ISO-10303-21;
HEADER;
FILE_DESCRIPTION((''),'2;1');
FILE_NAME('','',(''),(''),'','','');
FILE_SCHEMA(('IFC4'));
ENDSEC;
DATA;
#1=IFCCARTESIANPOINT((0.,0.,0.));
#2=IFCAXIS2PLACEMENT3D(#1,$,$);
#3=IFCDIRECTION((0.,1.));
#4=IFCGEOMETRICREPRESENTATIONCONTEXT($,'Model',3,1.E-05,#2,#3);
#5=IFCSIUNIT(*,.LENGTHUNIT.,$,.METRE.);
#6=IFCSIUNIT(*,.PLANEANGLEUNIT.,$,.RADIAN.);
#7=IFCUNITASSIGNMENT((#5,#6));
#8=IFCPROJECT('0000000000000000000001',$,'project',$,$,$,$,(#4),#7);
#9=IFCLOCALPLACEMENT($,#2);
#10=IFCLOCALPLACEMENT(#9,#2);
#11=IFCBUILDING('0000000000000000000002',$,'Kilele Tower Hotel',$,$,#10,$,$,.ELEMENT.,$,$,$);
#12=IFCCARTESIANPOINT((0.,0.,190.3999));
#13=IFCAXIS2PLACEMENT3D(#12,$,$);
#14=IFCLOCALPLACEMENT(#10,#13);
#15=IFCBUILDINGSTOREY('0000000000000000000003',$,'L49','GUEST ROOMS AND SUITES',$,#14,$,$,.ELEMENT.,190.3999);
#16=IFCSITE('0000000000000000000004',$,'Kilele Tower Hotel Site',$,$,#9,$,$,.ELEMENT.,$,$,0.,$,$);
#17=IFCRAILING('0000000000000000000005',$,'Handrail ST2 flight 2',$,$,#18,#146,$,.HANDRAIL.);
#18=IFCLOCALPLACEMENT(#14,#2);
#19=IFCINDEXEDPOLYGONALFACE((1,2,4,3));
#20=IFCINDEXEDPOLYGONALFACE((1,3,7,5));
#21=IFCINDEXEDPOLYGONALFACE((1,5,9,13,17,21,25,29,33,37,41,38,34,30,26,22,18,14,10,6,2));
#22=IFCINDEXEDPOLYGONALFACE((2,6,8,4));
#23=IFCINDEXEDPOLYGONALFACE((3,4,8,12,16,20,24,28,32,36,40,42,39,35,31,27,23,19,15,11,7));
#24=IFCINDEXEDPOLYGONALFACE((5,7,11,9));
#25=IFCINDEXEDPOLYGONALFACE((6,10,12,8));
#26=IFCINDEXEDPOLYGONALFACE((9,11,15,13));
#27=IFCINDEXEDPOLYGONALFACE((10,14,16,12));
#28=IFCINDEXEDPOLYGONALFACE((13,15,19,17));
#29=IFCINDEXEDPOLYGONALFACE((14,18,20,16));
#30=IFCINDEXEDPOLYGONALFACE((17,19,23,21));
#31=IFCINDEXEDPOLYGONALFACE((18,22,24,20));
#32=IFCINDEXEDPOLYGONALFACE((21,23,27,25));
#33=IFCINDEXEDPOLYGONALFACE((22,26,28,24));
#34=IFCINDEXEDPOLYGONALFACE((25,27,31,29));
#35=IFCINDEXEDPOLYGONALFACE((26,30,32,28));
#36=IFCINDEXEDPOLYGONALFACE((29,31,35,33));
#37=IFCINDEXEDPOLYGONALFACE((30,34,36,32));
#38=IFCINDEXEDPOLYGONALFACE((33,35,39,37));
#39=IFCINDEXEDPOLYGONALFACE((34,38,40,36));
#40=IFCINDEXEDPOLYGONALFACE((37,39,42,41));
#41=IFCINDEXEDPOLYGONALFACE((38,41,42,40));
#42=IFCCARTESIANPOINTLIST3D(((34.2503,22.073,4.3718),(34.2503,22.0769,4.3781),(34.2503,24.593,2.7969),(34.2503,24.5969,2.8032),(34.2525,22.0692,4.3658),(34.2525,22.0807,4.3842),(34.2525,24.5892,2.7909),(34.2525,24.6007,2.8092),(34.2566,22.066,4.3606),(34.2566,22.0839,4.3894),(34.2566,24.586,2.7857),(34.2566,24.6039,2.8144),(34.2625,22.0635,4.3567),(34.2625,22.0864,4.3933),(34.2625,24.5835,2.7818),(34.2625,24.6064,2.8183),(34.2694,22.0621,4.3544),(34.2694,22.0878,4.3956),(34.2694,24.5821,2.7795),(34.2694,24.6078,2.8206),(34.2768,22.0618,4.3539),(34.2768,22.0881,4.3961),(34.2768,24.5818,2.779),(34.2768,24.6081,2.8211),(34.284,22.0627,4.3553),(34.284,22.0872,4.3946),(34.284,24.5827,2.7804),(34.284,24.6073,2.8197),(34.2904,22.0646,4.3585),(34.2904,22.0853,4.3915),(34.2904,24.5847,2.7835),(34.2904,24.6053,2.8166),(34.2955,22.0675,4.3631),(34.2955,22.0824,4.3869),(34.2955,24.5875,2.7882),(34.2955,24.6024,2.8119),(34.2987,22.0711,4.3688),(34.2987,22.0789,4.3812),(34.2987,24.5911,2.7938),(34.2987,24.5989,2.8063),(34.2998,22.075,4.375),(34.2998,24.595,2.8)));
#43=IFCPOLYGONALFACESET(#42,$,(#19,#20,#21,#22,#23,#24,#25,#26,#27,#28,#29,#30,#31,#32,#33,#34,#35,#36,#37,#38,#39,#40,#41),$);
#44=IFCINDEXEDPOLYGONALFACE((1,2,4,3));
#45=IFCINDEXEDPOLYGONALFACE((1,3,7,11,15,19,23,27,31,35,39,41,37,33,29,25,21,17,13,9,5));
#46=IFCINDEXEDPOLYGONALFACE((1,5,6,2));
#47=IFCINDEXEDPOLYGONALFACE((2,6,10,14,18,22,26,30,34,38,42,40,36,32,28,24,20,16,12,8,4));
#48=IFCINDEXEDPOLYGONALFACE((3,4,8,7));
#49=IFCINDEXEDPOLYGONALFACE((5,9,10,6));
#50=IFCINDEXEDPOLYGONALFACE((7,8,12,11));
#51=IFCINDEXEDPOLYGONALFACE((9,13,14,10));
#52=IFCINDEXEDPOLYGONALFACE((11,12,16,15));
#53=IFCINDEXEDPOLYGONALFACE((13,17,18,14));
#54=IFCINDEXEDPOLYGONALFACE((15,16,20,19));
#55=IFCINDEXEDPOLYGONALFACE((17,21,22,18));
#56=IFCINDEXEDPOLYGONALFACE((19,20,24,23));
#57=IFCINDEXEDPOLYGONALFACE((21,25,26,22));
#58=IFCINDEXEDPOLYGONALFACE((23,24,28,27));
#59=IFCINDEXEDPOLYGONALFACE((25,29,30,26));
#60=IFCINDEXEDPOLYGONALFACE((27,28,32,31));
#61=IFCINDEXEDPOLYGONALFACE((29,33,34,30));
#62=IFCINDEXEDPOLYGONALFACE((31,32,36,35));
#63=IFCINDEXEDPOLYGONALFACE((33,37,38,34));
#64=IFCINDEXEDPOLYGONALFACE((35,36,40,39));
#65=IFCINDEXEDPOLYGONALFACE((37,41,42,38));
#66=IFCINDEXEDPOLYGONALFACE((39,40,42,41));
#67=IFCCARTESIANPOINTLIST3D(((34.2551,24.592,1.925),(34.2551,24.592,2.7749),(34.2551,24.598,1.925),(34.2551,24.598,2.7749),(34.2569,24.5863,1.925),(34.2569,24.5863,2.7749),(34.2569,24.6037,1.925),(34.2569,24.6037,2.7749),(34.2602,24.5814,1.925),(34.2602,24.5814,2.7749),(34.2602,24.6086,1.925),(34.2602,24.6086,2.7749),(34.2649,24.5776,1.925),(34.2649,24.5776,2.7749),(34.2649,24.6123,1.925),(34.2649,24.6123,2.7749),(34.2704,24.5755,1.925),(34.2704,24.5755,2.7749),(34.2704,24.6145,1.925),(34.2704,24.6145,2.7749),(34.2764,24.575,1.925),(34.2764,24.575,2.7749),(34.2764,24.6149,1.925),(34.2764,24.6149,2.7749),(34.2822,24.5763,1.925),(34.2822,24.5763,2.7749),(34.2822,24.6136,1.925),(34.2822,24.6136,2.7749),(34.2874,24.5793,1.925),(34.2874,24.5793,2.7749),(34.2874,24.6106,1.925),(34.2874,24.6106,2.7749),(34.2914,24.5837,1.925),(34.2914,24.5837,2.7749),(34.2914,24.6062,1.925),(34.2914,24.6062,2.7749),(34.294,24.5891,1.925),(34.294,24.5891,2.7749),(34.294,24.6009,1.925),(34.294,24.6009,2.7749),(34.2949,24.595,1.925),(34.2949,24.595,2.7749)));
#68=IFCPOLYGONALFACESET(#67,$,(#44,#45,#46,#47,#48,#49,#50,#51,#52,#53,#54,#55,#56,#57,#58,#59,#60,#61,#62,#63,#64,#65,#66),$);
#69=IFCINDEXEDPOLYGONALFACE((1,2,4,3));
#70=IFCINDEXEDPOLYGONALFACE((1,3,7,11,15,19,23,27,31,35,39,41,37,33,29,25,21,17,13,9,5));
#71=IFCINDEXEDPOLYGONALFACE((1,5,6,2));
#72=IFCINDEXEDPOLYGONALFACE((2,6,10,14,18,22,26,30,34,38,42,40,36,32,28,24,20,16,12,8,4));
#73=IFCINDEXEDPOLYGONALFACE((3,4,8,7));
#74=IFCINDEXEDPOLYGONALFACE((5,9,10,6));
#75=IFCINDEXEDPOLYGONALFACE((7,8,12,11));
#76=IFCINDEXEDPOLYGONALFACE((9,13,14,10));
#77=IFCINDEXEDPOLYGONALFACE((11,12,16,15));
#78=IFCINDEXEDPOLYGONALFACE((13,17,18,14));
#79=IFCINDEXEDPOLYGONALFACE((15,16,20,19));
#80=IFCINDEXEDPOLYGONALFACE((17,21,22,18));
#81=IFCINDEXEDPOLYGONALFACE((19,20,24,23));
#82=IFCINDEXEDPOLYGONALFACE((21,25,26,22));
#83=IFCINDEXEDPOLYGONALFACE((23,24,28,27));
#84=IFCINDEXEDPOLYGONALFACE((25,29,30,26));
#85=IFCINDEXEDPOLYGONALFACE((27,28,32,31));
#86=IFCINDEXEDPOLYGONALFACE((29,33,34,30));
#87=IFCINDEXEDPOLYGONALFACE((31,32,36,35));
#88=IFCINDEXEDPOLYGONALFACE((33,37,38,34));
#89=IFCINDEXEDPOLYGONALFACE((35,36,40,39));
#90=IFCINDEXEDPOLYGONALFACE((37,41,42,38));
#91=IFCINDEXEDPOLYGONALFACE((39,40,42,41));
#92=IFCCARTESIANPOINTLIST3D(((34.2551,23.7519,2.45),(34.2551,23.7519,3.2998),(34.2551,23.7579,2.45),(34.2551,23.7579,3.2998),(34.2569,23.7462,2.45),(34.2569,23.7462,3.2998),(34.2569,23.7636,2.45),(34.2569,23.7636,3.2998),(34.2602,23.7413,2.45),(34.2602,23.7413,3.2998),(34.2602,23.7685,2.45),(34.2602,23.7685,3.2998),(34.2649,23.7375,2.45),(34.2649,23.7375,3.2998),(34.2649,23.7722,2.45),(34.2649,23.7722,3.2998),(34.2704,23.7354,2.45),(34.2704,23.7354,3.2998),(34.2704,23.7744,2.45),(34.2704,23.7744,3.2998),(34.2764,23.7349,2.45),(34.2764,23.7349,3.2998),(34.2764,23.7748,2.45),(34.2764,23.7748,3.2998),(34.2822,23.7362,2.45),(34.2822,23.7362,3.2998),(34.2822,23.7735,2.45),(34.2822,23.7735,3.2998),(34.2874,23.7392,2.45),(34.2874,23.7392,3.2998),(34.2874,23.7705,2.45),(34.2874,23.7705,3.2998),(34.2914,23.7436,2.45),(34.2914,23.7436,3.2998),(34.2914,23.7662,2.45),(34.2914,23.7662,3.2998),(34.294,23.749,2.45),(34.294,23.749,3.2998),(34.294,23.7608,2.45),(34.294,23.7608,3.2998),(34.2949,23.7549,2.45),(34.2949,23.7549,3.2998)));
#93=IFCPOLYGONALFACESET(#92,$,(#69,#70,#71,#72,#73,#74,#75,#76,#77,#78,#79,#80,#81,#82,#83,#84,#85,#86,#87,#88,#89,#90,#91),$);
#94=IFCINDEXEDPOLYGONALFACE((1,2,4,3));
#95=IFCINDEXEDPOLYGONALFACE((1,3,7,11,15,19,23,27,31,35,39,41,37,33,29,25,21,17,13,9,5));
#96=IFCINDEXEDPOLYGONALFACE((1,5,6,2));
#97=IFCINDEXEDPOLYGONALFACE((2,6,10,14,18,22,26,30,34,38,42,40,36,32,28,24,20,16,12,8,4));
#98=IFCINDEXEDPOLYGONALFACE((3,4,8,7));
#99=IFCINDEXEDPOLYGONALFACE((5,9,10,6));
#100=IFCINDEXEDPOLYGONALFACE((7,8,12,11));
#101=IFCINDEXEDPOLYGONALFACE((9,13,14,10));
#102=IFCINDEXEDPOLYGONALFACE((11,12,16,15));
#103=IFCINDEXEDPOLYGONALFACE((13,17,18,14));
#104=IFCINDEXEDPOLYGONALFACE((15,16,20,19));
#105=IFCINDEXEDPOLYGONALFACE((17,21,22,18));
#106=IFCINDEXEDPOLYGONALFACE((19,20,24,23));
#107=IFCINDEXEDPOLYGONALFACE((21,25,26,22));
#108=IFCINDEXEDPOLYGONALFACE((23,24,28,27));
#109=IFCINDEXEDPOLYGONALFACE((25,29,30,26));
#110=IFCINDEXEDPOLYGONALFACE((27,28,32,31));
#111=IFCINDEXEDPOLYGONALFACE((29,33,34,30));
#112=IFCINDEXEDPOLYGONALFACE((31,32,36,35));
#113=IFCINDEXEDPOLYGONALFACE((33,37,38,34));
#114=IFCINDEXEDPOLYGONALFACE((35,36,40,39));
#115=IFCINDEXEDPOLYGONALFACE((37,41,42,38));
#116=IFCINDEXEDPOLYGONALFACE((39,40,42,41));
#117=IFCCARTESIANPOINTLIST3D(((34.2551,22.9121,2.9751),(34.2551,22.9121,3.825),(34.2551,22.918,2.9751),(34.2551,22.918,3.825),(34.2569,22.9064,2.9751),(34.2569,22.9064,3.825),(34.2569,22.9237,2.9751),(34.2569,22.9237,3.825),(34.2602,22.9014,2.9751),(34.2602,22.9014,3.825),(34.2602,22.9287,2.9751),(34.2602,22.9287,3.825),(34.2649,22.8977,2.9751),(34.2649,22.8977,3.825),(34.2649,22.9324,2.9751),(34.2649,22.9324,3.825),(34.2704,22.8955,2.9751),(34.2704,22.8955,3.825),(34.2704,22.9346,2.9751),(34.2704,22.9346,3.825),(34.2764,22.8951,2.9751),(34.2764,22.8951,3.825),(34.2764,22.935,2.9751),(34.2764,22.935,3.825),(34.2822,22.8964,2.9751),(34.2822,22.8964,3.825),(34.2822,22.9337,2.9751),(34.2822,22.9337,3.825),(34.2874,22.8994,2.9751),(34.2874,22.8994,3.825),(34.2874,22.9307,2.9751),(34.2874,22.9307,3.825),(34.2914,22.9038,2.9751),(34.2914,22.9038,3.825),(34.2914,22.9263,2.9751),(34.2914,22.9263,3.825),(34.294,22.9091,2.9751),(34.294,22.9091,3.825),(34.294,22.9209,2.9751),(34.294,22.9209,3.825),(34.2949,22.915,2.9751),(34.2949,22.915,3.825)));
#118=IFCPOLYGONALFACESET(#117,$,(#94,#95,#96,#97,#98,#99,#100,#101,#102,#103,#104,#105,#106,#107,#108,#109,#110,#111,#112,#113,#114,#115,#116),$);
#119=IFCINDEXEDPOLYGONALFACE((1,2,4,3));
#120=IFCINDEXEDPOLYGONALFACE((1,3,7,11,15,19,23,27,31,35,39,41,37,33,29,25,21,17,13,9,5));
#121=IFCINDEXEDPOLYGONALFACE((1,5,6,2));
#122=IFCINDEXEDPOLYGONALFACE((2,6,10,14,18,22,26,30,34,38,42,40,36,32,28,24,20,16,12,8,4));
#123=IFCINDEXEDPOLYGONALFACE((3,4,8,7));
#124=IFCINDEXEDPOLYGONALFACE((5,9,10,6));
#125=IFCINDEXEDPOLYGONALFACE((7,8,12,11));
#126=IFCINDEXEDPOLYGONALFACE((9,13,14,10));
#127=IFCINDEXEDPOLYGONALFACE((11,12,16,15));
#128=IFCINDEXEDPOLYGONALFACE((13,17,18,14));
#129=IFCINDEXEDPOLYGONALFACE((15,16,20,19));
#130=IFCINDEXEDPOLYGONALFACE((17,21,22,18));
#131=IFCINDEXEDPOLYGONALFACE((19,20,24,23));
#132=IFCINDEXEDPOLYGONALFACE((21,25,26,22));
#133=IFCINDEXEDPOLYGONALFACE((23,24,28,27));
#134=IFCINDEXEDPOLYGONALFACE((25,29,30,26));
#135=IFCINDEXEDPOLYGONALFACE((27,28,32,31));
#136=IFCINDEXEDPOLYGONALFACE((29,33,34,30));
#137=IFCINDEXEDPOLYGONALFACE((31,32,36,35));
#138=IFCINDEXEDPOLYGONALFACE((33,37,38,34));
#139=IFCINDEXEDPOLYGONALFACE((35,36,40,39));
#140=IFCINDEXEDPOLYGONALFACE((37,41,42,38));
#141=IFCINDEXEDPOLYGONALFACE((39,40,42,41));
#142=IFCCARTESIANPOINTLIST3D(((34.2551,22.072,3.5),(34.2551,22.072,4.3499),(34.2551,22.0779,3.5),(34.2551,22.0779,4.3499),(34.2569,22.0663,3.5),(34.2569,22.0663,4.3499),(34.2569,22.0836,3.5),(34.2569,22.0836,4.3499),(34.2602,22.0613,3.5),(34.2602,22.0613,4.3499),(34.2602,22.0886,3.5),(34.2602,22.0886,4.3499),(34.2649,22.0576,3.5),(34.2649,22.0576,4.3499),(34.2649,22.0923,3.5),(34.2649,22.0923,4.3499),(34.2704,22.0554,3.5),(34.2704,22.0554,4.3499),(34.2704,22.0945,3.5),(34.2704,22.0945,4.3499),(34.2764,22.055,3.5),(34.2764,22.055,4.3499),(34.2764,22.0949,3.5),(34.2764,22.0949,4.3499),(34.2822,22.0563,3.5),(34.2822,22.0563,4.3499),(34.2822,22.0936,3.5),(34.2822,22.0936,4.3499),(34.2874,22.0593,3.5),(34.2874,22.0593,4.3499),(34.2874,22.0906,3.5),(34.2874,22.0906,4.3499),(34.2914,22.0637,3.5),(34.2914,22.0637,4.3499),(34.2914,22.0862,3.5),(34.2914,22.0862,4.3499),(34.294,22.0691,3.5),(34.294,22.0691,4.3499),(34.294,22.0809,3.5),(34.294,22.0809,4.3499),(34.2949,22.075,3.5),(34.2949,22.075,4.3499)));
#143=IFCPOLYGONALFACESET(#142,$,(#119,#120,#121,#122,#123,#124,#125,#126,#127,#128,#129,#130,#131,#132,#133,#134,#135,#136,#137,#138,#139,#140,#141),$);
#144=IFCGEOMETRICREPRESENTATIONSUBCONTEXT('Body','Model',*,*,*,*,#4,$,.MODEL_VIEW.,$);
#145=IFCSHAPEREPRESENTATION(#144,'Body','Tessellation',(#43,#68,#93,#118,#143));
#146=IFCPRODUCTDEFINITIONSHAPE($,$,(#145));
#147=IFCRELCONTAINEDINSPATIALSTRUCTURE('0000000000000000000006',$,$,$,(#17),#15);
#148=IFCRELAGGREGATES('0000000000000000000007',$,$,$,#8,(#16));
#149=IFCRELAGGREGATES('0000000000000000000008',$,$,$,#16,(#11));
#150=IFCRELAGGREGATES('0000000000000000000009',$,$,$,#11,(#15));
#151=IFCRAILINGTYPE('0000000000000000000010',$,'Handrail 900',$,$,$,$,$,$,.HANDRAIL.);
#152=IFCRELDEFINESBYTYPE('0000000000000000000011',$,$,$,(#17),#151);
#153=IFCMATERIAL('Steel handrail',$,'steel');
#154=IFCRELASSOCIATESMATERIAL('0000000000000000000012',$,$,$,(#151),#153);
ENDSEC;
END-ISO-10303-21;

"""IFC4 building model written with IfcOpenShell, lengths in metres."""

from ifc_helpers import new_model, si_unit, direction, frame, origin, origin_2d, place, context, subcontext, project, spatial, circle, extrude, material, type_object, element, save


model = new_model("IFC4")

# Units and contexts
model_context = context("Model", 3, precision=1e-05, world=origin(), true_north=direction((0.0, 1.0)))
body_context = subcontext(model_context, "Body", "Model", "MODEL_VIEW")
ifc_project = project(units=[si_unit("LENGTHUNIT", "METRE"), si_unit("PLANEANGLEUNIT", "RADIAN")], contexts=[model_context])

# Site, building, storey
site_placement = place(None, origin())
site = spatial("IfcSite", under=ifc_project, at=site_placement, Name="Kilele Tower Hotel Site", CompositionType="ELEMENT", RefElevation=0.0)
building_placement = place(site_placement, origin())
building = spatial("IfcBuilding", under=site, at=building_placement, Name="Kilele Tower Hotel", CompositionType="ELEMENT")
storey_placement = place(building_placement, frame((0.0, 0.0, 190.3999)))
storey = spatial("IfcBuildingStorey", under=building, at=storey_placement, Name="L49", Description="GUEST ROOMS AND SUITES", CompositionType="ELEMENT", Elevation=190.3999)

# Railing
ifc_material_1 = material(Name="Steel handrail", Category="steel")
railing_type_1 = type_object("IfcRailingType", Name="Handrail 900", PredefinedType="HANDRAIL", material=ifc_material_1)
for number, where, name in (
    (1, (34.2749, 24.595, 1.925), "Handrail ST2 flight 2"),
):
    element("IfcRailing", number, at=place(storey_placement, frame(where)), inside=storey, type_object=railing_type_1, Name=name, PredefinedType="HANDRAIL", context=body_context, shape_type="SweptSolid", body=[
        extrude(circle(Radius=0.0249, at=origin_2d()), frame((0.0, 0.0, 0.875), z_axis=(0.0, -0.848008, 0.529984), x_axis=(1.0, 0.0, 0.0)), (0.0, 0.0, 1.0), 2.9717),
        extrude(circle(Radius=0.02, at=origin_2d()), origin(), (0.0, 0.0, 1.0), 0.8499),
        extrude(circle(Radius=0.02, at=origin_2d()), frame((0.0, -0.8401, 0.5249)), (0.0, 0.0, 1.0), 0.8499),
        extrude(circle(Radius=0.02, at=origin_2d()), frame((0.0, -1.6799, 1.05)), (0.0, 0.0, 1.0), 0.8499),
        extrude(circle(Radius=0.02, at=origin_2d()), frame((0.0, -2.52, 1.575)), (0.0, 0.0, 1.0), 0.8499),
    ])

save(model, "model.ifc")
